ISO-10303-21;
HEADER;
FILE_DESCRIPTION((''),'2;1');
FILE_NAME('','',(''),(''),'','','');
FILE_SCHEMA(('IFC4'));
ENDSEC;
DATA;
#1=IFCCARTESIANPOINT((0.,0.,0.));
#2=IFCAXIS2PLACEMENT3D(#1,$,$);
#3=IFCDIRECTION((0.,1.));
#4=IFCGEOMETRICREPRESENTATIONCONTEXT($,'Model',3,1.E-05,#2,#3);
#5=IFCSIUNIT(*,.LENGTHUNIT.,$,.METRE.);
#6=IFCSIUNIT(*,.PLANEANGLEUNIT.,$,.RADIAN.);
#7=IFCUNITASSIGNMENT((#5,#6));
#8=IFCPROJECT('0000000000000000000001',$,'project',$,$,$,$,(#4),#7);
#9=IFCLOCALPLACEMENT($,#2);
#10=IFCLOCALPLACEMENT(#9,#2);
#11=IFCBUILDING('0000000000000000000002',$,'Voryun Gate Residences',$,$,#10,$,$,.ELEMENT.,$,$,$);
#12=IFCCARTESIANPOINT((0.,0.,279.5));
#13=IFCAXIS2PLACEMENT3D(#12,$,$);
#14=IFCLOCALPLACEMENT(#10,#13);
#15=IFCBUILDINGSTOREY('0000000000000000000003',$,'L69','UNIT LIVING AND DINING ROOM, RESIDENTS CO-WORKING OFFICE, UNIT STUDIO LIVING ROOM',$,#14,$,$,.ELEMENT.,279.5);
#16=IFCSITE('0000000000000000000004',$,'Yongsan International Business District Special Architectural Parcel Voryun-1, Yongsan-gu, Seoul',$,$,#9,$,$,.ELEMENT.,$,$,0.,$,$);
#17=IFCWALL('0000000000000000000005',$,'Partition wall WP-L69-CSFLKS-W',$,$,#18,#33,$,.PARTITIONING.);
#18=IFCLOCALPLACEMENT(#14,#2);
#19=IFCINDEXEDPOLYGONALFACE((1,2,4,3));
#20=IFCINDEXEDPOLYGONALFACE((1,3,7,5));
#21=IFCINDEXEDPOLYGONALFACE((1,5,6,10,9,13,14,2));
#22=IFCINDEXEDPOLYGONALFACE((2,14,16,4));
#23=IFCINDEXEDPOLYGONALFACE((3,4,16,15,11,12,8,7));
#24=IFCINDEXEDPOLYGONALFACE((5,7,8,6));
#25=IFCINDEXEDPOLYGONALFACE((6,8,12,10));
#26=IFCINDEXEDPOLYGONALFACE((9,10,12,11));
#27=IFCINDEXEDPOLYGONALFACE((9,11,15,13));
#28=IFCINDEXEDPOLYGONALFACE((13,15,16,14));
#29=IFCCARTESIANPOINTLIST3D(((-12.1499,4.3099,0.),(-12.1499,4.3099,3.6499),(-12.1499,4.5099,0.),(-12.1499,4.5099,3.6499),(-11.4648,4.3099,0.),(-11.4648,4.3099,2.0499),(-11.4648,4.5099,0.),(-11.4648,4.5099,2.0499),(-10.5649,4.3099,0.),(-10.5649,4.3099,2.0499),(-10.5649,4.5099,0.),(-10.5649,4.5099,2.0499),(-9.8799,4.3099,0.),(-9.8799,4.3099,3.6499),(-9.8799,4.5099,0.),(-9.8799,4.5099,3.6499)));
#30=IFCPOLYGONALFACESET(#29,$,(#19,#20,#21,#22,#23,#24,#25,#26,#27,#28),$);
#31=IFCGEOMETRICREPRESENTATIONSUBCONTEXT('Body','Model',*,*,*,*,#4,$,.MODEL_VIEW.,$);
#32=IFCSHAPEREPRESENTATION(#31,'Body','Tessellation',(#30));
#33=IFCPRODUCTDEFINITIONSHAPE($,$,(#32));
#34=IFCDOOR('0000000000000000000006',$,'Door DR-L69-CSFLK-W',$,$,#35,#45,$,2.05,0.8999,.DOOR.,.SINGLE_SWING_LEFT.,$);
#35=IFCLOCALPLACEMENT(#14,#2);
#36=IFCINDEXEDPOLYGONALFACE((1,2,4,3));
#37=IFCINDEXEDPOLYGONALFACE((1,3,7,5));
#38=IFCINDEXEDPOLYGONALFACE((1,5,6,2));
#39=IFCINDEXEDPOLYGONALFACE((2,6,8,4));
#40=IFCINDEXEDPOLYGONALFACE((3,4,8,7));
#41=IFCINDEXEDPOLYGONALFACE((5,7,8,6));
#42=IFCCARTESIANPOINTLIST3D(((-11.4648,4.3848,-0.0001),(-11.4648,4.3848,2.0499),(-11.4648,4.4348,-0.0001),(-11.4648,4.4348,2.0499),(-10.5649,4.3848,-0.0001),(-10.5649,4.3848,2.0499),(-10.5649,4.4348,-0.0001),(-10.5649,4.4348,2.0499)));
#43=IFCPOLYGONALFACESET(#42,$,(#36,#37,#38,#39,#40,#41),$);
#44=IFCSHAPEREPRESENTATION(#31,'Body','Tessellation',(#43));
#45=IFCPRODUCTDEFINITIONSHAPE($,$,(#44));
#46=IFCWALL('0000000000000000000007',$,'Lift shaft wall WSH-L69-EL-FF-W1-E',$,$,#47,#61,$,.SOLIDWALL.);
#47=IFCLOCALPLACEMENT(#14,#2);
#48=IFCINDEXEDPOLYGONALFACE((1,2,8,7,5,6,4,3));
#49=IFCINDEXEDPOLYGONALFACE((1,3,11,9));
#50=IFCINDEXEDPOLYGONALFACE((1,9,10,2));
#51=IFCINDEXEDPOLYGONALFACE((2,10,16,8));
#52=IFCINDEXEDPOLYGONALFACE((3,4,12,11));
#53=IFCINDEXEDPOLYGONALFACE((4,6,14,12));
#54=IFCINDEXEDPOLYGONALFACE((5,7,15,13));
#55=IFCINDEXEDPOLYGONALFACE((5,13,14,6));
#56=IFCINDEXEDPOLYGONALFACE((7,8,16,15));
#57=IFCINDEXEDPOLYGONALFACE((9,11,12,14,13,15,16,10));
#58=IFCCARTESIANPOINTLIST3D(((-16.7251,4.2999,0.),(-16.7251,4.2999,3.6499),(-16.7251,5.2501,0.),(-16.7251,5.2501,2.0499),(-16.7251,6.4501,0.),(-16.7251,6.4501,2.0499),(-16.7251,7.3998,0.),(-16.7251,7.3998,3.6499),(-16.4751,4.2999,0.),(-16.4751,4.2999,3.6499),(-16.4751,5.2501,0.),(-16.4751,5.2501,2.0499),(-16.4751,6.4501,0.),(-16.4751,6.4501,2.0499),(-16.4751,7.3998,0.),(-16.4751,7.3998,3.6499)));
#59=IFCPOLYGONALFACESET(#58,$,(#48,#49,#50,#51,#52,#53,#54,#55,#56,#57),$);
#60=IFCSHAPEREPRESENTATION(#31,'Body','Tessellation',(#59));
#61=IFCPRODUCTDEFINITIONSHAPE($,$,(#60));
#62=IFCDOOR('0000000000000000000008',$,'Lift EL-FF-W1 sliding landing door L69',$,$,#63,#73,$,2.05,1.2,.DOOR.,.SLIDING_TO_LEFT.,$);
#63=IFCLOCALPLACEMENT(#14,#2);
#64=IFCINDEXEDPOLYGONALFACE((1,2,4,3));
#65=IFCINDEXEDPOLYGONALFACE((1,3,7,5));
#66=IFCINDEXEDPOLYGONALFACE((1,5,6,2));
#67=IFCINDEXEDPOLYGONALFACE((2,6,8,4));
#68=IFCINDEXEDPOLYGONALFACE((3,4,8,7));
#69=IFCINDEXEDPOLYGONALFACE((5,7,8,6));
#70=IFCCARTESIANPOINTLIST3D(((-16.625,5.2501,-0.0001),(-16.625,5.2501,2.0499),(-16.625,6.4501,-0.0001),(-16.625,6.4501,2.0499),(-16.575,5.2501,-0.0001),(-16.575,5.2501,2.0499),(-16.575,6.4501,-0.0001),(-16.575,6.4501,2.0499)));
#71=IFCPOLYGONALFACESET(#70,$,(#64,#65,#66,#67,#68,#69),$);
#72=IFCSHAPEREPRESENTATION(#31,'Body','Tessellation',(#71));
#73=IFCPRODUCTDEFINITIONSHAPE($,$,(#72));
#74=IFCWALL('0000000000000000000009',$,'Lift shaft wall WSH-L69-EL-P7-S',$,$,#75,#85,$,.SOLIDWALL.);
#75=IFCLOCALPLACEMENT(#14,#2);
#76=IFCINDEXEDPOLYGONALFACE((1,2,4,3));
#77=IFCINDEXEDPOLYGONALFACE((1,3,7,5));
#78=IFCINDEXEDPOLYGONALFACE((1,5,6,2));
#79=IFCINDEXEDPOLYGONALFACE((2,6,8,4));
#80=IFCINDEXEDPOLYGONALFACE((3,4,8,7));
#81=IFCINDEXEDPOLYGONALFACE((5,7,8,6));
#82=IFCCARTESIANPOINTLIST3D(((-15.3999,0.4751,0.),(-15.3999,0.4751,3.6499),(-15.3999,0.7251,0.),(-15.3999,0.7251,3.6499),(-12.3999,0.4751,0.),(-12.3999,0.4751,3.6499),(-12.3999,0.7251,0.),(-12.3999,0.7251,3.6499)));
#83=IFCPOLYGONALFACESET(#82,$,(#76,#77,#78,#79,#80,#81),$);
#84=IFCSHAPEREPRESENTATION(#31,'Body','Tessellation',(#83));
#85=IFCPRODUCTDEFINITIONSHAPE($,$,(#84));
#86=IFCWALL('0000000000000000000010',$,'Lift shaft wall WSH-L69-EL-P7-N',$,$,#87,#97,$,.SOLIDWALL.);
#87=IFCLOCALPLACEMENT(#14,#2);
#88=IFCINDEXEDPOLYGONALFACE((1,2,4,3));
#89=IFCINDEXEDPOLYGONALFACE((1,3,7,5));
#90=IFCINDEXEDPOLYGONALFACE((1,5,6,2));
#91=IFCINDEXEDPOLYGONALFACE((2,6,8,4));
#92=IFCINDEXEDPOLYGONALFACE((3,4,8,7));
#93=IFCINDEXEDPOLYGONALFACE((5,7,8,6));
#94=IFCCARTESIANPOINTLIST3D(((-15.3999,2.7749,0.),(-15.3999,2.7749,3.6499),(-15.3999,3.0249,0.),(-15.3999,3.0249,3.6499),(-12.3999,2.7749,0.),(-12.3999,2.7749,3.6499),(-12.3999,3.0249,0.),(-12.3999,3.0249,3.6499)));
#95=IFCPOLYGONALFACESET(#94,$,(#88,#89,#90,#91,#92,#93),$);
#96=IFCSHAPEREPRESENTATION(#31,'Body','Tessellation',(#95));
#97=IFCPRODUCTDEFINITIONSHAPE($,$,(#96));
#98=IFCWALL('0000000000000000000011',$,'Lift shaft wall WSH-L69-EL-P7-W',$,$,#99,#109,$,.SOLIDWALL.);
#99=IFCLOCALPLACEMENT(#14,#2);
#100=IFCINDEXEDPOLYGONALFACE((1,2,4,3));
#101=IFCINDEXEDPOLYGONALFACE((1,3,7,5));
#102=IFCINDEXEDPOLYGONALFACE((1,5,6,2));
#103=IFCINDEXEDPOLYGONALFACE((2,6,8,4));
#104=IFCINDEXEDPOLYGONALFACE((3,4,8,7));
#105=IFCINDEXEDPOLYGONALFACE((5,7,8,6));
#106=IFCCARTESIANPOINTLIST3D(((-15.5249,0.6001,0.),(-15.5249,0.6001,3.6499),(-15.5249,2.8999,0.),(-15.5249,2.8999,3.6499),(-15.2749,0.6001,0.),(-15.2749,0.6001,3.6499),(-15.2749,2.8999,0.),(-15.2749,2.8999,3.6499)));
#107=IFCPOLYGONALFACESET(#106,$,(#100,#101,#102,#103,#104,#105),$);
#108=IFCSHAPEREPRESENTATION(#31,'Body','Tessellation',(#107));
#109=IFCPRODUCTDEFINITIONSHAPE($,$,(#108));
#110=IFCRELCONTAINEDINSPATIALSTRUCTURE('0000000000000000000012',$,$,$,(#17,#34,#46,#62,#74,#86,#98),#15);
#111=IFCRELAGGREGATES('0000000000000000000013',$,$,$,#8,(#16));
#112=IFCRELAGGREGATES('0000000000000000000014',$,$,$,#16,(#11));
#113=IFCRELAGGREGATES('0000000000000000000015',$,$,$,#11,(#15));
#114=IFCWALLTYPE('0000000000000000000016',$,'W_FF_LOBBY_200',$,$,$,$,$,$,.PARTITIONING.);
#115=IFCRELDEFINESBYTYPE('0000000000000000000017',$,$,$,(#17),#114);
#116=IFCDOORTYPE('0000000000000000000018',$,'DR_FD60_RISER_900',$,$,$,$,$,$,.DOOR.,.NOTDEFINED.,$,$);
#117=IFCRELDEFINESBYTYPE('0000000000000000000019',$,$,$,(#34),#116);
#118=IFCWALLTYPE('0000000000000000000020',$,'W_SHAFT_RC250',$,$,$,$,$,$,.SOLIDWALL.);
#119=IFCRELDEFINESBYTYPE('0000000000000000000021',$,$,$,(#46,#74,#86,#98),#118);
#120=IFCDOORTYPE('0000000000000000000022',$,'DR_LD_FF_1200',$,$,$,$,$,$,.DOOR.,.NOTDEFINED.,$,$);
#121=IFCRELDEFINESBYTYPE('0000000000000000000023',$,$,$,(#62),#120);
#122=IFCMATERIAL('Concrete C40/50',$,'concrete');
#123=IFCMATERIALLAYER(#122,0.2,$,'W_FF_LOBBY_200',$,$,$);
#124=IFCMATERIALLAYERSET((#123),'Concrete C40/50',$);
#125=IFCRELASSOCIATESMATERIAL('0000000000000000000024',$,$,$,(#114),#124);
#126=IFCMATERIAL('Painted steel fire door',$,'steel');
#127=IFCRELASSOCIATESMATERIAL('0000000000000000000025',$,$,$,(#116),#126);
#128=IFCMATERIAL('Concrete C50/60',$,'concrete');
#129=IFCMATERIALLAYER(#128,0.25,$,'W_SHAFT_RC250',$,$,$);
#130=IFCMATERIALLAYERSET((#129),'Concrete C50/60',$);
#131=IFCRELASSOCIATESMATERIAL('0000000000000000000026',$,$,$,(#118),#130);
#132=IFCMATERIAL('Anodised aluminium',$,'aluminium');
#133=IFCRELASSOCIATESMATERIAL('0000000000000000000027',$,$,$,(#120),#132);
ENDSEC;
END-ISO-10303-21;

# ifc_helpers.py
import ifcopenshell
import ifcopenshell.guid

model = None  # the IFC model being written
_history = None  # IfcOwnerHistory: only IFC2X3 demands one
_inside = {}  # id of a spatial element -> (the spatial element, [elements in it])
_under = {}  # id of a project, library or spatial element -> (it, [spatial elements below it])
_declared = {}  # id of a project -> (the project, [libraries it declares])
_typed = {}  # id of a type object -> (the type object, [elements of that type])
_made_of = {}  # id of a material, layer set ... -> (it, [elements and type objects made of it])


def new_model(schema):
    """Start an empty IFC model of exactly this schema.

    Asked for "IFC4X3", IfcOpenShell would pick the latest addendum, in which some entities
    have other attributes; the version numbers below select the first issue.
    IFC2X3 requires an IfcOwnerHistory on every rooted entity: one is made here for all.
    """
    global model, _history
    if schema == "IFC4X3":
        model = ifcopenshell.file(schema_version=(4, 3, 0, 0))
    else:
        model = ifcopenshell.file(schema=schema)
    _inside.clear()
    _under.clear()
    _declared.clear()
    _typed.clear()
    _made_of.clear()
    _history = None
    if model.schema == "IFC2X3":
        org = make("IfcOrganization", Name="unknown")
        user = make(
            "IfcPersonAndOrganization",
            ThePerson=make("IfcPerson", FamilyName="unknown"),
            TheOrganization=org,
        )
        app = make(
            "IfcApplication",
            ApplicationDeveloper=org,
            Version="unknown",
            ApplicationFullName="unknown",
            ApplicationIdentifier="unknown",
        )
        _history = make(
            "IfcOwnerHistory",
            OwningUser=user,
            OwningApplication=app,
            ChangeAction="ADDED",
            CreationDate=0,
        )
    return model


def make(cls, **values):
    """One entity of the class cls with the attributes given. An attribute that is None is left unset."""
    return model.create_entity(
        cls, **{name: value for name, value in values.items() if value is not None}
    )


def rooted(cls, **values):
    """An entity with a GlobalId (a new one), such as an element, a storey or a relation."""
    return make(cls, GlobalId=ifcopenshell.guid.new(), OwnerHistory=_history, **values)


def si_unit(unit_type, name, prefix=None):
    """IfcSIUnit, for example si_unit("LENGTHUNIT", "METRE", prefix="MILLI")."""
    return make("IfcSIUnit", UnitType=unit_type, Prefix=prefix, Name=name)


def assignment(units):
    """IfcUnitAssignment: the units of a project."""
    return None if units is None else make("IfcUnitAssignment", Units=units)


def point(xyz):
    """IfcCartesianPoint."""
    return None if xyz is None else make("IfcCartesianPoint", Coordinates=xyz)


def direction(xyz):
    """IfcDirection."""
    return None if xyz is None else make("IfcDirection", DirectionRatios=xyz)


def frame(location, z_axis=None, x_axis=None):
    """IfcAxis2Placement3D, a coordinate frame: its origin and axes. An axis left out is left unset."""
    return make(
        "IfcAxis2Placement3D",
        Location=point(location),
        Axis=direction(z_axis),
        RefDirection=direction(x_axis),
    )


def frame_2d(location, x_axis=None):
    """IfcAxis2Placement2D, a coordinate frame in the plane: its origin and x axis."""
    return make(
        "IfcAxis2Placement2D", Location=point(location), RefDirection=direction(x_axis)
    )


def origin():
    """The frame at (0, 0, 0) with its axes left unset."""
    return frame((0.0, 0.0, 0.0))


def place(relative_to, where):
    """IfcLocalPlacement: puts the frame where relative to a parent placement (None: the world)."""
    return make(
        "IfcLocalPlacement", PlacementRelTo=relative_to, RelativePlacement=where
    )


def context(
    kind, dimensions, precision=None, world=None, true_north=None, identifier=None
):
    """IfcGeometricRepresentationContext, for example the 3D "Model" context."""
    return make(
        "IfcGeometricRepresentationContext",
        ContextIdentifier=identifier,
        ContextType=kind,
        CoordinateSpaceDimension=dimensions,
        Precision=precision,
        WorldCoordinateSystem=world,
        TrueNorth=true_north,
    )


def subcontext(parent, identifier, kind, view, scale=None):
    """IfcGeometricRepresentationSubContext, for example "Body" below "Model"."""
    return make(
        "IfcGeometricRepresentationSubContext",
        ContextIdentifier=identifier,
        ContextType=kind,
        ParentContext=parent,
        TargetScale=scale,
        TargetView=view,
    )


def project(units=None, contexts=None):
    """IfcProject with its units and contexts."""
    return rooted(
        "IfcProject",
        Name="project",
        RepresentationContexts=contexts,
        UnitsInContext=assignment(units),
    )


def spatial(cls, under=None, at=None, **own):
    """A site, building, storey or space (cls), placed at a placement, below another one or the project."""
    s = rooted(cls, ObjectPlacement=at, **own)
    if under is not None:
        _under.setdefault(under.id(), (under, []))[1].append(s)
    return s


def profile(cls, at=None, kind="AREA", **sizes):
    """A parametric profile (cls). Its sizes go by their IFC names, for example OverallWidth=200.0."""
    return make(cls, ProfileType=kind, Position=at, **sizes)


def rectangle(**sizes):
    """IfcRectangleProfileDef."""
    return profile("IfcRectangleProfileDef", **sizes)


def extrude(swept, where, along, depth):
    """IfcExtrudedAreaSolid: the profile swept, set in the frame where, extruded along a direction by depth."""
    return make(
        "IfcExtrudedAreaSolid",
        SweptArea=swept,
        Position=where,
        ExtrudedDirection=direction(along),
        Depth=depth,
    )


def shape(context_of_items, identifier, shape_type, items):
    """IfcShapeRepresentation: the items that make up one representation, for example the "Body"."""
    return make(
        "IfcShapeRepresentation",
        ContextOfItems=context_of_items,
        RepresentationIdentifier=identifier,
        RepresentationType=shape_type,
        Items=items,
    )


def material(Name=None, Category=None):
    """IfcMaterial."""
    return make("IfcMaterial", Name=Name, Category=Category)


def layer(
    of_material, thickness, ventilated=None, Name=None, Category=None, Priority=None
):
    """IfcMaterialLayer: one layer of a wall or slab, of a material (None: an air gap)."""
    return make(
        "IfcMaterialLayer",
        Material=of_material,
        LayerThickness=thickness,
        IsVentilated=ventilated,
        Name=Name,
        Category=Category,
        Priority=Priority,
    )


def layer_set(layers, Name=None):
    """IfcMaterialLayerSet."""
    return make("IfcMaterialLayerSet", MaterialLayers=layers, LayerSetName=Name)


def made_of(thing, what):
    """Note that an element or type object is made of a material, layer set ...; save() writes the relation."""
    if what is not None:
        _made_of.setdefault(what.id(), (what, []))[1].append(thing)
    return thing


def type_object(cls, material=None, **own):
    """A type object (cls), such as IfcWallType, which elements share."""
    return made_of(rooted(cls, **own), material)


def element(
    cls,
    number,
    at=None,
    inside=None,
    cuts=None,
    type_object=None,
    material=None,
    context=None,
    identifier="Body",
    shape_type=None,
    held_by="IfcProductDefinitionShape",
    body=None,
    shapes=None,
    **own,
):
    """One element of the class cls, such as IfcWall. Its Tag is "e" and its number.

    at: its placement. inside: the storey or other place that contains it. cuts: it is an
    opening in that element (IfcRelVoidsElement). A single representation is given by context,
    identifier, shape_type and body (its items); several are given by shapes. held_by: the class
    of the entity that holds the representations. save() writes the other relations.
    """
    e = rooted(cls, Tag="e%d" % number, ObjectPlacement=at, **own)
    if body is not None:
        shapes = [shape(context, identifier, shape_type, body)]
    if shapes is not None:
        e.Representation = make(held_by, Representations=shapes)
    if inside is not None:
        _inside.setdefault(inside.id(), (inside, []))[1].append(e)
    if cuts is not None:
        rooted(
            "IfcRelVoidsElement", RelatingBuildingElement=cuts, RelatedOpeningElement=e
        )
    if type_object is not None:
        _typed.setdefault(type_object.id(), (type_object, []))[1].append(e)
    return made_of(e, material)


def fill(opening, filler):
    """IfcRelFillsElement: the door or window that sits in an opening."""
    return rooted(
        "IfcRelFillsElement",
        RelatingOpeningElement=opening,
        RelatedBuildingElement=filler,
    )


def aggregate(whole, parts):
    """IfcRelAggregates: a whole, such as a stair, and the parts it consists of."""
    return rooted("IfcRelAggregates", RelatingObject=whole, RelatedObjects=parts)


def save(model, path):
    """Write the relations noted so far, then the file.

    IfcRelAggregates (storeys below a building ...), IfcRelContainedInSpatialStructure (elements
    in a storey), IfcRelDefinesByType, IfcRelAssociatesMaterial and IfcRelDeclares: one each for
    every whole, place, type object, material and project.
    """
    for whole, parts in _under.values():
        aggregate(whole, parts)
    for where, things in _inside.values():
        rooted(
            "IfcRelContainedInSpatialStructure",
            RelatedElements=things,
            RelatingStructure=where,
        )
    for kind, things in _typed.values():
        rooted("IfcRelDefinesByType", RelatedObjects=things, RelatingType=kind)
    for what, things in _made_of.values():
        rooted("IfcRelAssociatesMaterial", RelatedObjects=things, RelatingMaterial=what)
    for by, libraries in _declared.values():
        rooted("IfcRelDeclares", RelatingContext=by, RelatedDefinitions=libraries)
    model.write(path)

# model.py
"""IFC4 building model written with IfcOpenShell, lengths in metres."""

from ifc_helpers import new_model, si_unit, direction, frame, frame_2d, origin, place, context, subcontext, project, spatial, rectangle, extrude, material, layer, layer_set, type_object, element, fill, save


model = new_model("IFC4")

# Units and contexts
model_context = context("Model", 3, precision=1e-05, world=origin(), true_north=direction((0.0, 1.0)))
body_context = subcontext(model_context, "Body", "Model", "MODEL_VIEW")
ifc_project = project(units=[si_unit("LENGTHUNIT", "METRE"), si_unit("PLANEANGLEUNIT", "RADIAN")], contexts=[model_context])

# Site, building, storey
site_placement = place(None, origin())
site = spatial("IfcSite", under=ifc_project, at=site_placement, Name="Yongsan International Business District Special Architectural Parcel Voryun-1, Yongsan-gu, Seoul", CompositionType="ELEMENT", RefElevation=0.0)
building_placement = place(site_placement, origin())
building = spatial("IfcBuilding", under=site, at=building_placement, Name="Voryun Gate Residences", CompositionType="ELEMENT")
storey_placement = place(building_placement, frame((0.0, 0.0, 279.5)))
storey = spatial("IfcBuildingStorey", under=building, at=storey_placement, Name="L69", Description="UNIT LIVING AND DINING ROOM, RESIDENTS CO-WORKING OFFICE, UNIT STUDIO LIVING ROOM", CompositionType="ELEMENT", Elevation=279.5)

# Shared definitions
ifc_material_1 = material(Name="Concrete C40/50", Category="concrete")
ifc_layer_1 = layer(ifc_material_1, 0.2, Name="W_FF_LOBBY_200")
ifc_layer_set_1 = layer_set([ifc_layer_1], Name="Concrete C40/50")
wall_type_1 = type_object("IfcWallType", Name="W_FF_LOBBY_200", PredefinedType="PARTITIONING", material=ifc_layer_set_1)

# Walls, openings, doors
wall_1_placement = place(storey_placement, frame((-12.1499, 4.4099, 0.0), z_axis=(0.0, 0.0, 1.0), x_axis=(1.0, 0.0, 0.0)))
wall_1 = element("IfcWall", 1, at=wall_1_placement, inside=storey, type_object=wall_type_1, Name="Partition wall WP-L69-CSFLKS-W", PredefinedType="PARTITIONING", context=body_context, shape_type="SweptSolid", body=[
    extrude(rectangle(XDim=2.27, YDim=0.2, at=frame_2d((1.135, 0.0))), origin(), (0.0, 0.0, 1.0), 3.6499),
])
opening_1_placement = place(wall_1_placement, frame((0.6851, 0.0, 0.0)))
opening_1 = element("IfcOpeningElement", 2, at=opening_1_placement, cuts=wall_1, PredefinedType="OPENING", context=body_context, shape_type="SweptSolid", body=[
    extrude(rectangle(XDim=0.8999, YDim=2.05, at=frame_2d((0.45, 1.0249))), frame((0.0, 0.1101, 0.0), z_axis=(0.0, -1.0, 0.0), x_axis=(1.0, 0.0, 0.0)), (0.0, 0.0, 1.0), 0.22),
])
ifc_material_2 = material(Name="Painted steel fire door", Category="steel")
door_type_1 = type_object("IfcDoorType", Name="DR_FD60_RISER_900", OperationType="NOTDEFINED", PredefinedType="DOOR", material=ifc_material_2)
door_1_placement = place(opening_1_placement, origin())
door_1 = element("IfcDoor", 3, at=door_1_placement, inside=storey, type_object=door_type_1, Name="Door DR-L69-CSFLK-W", OperationType="SINGLE_SWING_LEFT", OverallHeight=2.05, OverallWidth=0.8999, PredefinedType="DOOR", context=body_context, shape_type="SweptSolid", body=[
    extrude(rectangle(XDim=0.8999, YDim=2.05, at=frame_2d((0.45, 1.0249))), frame((0.0, 0.0249, 0.0), z_axis=(0.0, -1.0, 0.0), x_axis=(1.0, 0.0, 0.0)), (0.0, 0.0, 1.0), 0.05),
])
fill(opening_1, door_1)
ifc_material_3 = material(Name="Concrete C50/60", Category="concrete")
ifc_layer_2 = layer(ifc_material_3, 0.25, Name="W_SHAFT_RC250")
ifc_layer_set_2 = layer_set([ifc_layer_2], Name="Concrete C50/60")
wall_type_2 = type_object("IfcWallType", Name="W_SHAFT_RC250", PredefinedType="SOLIDWALL", material=ifc_layer_set_2)
wall_2_placement = place(storey_placement, frame((-16.6001, 4.3, 0.0), z_axis=(0.0, 0.0, 1.0), x_axis=(0.0, 1.0, 0.0)))
wall_2 = element("IfcWall", 4, at=wall_2_placement, inside=storey, type_object=wall_type_2, Name="Lift shaft wall WSH-L69-EL-FF-W1-E", PredefinedType="SOLIDWALL", context=body_context, shape_type="SweptSolid", body=[
    extrude(rectangle(XDim=3.0999, YDim=0.25, at=frame_2d((1.5498, 0.0))), origin(), (0.0, 0.0, 1.0), 3.6499),
])
opening_2_placement = place(wall_2_placement, frame((0.95, 0.0, 0.0)))
opening_2 = element("IfcOpeningElement", 5, at=opening_2_placement, cuts=wall_2, PredefinedType="OPENING", context=body_context, shape_type="SweptSolid", body=[
    extrude(rectangle(XDim=1.2, YDim=2.05, at=frame_2d((0.6001, 1.0249))), frame((0.0, 0.135, 0.0), z_axis=(0.0, -1.0, 0.0), x_axis=(1.0, 0.0, 0.0)), (0.0, 0.0, 1.0), 0.27),
])
ifc_material_4 = material(Name="Anodised aluminium", Category="aluminium")
door_type_2 = type_object("IfcDoorType", Name="DR_LD_FF_1200", OperationType="NOTDEFINED", PredefinedType="DOOR", material=ifc_material_4)
door_2_placement = place(opening_2_placement, origin())
door_2 = element("IfcDoor", 6, at=door_2_placement, inside=storey, type_object=door_type_2, Name="Lift EL-FF-W1 sliding landing door L69", OperationType="SLIDING_TO_LEFT", OverallHeight=2.05, OverallWidth=1.2, PredefinedType="DOOR", context=body_context, shape_type="SweptSolid", body=[
    extrude(rectangle(XDim=1.2, YDim=2.05, at=frame_2d((0.6001, 1.0249))), frame((0.0, 0.0249, 0.0), z_axis=(0.0, -1.0, 0.0), x_axis=(1.0, 0.0, 0.0)), (0.0, 0.0, 1.0), 0.05),
])
fill(opening_2, door_2)

# Walls
for number, where, z_axis, x_axis, name in (
    (7, (-15.3999, 0.6001, 0.0), (0.0, 0.0, 1.0), (1.0, 0.0, 0.0), "Lift shaft wall WSH-L69-EL-P7-S"),
    (8, (-12.3999, 2.8999, 0.0), (0.0, 0.0, 1.0), (-1.0, 0.0, 0.0), "Lift shaft wall WSH-L69-EL-P7-N"),
):
    element("IfcWall", number, at=place(storey_placement, frame(where, z_axis=z_axis, x_axis=x_axis)), inside=storey, type_object=wall_type_2, Name=name, PredefinedType="SOLIDWALL", context=body_context, shape_type="SweptSolid", body=[
        extrude(rectangle(XDim=3.0, YDim=0.25, at=frame_2d((1.5, 0.0))), origin(), (0.0, 0.0, 1.0), 3.6499),
    ])
wall_3_placement = place(storey_placement, frame((-15.3999, 2.8999, 0.0), z_axis=(0.0, 0.0, 1.0), x_axis=(0.0, -1.0, 0.0)))
element("IfcWall", 9, at=wall_3_placement, inside=storey, type_object=wall_type_2, Name="Lift shaft wall WSH-L69-EL-P7-W", PredefinedType="SOLIDWALL", context=body_context, shape_type="SweptSolid", body=[
    extrude(rectangle(XDim=2.2998, YDim=0.25, at=frame_2d((1.1499, 0.0))), origin(), (0.0, 0.0, 1.0), 3.6499),
])

save(model, "model.ifc")
